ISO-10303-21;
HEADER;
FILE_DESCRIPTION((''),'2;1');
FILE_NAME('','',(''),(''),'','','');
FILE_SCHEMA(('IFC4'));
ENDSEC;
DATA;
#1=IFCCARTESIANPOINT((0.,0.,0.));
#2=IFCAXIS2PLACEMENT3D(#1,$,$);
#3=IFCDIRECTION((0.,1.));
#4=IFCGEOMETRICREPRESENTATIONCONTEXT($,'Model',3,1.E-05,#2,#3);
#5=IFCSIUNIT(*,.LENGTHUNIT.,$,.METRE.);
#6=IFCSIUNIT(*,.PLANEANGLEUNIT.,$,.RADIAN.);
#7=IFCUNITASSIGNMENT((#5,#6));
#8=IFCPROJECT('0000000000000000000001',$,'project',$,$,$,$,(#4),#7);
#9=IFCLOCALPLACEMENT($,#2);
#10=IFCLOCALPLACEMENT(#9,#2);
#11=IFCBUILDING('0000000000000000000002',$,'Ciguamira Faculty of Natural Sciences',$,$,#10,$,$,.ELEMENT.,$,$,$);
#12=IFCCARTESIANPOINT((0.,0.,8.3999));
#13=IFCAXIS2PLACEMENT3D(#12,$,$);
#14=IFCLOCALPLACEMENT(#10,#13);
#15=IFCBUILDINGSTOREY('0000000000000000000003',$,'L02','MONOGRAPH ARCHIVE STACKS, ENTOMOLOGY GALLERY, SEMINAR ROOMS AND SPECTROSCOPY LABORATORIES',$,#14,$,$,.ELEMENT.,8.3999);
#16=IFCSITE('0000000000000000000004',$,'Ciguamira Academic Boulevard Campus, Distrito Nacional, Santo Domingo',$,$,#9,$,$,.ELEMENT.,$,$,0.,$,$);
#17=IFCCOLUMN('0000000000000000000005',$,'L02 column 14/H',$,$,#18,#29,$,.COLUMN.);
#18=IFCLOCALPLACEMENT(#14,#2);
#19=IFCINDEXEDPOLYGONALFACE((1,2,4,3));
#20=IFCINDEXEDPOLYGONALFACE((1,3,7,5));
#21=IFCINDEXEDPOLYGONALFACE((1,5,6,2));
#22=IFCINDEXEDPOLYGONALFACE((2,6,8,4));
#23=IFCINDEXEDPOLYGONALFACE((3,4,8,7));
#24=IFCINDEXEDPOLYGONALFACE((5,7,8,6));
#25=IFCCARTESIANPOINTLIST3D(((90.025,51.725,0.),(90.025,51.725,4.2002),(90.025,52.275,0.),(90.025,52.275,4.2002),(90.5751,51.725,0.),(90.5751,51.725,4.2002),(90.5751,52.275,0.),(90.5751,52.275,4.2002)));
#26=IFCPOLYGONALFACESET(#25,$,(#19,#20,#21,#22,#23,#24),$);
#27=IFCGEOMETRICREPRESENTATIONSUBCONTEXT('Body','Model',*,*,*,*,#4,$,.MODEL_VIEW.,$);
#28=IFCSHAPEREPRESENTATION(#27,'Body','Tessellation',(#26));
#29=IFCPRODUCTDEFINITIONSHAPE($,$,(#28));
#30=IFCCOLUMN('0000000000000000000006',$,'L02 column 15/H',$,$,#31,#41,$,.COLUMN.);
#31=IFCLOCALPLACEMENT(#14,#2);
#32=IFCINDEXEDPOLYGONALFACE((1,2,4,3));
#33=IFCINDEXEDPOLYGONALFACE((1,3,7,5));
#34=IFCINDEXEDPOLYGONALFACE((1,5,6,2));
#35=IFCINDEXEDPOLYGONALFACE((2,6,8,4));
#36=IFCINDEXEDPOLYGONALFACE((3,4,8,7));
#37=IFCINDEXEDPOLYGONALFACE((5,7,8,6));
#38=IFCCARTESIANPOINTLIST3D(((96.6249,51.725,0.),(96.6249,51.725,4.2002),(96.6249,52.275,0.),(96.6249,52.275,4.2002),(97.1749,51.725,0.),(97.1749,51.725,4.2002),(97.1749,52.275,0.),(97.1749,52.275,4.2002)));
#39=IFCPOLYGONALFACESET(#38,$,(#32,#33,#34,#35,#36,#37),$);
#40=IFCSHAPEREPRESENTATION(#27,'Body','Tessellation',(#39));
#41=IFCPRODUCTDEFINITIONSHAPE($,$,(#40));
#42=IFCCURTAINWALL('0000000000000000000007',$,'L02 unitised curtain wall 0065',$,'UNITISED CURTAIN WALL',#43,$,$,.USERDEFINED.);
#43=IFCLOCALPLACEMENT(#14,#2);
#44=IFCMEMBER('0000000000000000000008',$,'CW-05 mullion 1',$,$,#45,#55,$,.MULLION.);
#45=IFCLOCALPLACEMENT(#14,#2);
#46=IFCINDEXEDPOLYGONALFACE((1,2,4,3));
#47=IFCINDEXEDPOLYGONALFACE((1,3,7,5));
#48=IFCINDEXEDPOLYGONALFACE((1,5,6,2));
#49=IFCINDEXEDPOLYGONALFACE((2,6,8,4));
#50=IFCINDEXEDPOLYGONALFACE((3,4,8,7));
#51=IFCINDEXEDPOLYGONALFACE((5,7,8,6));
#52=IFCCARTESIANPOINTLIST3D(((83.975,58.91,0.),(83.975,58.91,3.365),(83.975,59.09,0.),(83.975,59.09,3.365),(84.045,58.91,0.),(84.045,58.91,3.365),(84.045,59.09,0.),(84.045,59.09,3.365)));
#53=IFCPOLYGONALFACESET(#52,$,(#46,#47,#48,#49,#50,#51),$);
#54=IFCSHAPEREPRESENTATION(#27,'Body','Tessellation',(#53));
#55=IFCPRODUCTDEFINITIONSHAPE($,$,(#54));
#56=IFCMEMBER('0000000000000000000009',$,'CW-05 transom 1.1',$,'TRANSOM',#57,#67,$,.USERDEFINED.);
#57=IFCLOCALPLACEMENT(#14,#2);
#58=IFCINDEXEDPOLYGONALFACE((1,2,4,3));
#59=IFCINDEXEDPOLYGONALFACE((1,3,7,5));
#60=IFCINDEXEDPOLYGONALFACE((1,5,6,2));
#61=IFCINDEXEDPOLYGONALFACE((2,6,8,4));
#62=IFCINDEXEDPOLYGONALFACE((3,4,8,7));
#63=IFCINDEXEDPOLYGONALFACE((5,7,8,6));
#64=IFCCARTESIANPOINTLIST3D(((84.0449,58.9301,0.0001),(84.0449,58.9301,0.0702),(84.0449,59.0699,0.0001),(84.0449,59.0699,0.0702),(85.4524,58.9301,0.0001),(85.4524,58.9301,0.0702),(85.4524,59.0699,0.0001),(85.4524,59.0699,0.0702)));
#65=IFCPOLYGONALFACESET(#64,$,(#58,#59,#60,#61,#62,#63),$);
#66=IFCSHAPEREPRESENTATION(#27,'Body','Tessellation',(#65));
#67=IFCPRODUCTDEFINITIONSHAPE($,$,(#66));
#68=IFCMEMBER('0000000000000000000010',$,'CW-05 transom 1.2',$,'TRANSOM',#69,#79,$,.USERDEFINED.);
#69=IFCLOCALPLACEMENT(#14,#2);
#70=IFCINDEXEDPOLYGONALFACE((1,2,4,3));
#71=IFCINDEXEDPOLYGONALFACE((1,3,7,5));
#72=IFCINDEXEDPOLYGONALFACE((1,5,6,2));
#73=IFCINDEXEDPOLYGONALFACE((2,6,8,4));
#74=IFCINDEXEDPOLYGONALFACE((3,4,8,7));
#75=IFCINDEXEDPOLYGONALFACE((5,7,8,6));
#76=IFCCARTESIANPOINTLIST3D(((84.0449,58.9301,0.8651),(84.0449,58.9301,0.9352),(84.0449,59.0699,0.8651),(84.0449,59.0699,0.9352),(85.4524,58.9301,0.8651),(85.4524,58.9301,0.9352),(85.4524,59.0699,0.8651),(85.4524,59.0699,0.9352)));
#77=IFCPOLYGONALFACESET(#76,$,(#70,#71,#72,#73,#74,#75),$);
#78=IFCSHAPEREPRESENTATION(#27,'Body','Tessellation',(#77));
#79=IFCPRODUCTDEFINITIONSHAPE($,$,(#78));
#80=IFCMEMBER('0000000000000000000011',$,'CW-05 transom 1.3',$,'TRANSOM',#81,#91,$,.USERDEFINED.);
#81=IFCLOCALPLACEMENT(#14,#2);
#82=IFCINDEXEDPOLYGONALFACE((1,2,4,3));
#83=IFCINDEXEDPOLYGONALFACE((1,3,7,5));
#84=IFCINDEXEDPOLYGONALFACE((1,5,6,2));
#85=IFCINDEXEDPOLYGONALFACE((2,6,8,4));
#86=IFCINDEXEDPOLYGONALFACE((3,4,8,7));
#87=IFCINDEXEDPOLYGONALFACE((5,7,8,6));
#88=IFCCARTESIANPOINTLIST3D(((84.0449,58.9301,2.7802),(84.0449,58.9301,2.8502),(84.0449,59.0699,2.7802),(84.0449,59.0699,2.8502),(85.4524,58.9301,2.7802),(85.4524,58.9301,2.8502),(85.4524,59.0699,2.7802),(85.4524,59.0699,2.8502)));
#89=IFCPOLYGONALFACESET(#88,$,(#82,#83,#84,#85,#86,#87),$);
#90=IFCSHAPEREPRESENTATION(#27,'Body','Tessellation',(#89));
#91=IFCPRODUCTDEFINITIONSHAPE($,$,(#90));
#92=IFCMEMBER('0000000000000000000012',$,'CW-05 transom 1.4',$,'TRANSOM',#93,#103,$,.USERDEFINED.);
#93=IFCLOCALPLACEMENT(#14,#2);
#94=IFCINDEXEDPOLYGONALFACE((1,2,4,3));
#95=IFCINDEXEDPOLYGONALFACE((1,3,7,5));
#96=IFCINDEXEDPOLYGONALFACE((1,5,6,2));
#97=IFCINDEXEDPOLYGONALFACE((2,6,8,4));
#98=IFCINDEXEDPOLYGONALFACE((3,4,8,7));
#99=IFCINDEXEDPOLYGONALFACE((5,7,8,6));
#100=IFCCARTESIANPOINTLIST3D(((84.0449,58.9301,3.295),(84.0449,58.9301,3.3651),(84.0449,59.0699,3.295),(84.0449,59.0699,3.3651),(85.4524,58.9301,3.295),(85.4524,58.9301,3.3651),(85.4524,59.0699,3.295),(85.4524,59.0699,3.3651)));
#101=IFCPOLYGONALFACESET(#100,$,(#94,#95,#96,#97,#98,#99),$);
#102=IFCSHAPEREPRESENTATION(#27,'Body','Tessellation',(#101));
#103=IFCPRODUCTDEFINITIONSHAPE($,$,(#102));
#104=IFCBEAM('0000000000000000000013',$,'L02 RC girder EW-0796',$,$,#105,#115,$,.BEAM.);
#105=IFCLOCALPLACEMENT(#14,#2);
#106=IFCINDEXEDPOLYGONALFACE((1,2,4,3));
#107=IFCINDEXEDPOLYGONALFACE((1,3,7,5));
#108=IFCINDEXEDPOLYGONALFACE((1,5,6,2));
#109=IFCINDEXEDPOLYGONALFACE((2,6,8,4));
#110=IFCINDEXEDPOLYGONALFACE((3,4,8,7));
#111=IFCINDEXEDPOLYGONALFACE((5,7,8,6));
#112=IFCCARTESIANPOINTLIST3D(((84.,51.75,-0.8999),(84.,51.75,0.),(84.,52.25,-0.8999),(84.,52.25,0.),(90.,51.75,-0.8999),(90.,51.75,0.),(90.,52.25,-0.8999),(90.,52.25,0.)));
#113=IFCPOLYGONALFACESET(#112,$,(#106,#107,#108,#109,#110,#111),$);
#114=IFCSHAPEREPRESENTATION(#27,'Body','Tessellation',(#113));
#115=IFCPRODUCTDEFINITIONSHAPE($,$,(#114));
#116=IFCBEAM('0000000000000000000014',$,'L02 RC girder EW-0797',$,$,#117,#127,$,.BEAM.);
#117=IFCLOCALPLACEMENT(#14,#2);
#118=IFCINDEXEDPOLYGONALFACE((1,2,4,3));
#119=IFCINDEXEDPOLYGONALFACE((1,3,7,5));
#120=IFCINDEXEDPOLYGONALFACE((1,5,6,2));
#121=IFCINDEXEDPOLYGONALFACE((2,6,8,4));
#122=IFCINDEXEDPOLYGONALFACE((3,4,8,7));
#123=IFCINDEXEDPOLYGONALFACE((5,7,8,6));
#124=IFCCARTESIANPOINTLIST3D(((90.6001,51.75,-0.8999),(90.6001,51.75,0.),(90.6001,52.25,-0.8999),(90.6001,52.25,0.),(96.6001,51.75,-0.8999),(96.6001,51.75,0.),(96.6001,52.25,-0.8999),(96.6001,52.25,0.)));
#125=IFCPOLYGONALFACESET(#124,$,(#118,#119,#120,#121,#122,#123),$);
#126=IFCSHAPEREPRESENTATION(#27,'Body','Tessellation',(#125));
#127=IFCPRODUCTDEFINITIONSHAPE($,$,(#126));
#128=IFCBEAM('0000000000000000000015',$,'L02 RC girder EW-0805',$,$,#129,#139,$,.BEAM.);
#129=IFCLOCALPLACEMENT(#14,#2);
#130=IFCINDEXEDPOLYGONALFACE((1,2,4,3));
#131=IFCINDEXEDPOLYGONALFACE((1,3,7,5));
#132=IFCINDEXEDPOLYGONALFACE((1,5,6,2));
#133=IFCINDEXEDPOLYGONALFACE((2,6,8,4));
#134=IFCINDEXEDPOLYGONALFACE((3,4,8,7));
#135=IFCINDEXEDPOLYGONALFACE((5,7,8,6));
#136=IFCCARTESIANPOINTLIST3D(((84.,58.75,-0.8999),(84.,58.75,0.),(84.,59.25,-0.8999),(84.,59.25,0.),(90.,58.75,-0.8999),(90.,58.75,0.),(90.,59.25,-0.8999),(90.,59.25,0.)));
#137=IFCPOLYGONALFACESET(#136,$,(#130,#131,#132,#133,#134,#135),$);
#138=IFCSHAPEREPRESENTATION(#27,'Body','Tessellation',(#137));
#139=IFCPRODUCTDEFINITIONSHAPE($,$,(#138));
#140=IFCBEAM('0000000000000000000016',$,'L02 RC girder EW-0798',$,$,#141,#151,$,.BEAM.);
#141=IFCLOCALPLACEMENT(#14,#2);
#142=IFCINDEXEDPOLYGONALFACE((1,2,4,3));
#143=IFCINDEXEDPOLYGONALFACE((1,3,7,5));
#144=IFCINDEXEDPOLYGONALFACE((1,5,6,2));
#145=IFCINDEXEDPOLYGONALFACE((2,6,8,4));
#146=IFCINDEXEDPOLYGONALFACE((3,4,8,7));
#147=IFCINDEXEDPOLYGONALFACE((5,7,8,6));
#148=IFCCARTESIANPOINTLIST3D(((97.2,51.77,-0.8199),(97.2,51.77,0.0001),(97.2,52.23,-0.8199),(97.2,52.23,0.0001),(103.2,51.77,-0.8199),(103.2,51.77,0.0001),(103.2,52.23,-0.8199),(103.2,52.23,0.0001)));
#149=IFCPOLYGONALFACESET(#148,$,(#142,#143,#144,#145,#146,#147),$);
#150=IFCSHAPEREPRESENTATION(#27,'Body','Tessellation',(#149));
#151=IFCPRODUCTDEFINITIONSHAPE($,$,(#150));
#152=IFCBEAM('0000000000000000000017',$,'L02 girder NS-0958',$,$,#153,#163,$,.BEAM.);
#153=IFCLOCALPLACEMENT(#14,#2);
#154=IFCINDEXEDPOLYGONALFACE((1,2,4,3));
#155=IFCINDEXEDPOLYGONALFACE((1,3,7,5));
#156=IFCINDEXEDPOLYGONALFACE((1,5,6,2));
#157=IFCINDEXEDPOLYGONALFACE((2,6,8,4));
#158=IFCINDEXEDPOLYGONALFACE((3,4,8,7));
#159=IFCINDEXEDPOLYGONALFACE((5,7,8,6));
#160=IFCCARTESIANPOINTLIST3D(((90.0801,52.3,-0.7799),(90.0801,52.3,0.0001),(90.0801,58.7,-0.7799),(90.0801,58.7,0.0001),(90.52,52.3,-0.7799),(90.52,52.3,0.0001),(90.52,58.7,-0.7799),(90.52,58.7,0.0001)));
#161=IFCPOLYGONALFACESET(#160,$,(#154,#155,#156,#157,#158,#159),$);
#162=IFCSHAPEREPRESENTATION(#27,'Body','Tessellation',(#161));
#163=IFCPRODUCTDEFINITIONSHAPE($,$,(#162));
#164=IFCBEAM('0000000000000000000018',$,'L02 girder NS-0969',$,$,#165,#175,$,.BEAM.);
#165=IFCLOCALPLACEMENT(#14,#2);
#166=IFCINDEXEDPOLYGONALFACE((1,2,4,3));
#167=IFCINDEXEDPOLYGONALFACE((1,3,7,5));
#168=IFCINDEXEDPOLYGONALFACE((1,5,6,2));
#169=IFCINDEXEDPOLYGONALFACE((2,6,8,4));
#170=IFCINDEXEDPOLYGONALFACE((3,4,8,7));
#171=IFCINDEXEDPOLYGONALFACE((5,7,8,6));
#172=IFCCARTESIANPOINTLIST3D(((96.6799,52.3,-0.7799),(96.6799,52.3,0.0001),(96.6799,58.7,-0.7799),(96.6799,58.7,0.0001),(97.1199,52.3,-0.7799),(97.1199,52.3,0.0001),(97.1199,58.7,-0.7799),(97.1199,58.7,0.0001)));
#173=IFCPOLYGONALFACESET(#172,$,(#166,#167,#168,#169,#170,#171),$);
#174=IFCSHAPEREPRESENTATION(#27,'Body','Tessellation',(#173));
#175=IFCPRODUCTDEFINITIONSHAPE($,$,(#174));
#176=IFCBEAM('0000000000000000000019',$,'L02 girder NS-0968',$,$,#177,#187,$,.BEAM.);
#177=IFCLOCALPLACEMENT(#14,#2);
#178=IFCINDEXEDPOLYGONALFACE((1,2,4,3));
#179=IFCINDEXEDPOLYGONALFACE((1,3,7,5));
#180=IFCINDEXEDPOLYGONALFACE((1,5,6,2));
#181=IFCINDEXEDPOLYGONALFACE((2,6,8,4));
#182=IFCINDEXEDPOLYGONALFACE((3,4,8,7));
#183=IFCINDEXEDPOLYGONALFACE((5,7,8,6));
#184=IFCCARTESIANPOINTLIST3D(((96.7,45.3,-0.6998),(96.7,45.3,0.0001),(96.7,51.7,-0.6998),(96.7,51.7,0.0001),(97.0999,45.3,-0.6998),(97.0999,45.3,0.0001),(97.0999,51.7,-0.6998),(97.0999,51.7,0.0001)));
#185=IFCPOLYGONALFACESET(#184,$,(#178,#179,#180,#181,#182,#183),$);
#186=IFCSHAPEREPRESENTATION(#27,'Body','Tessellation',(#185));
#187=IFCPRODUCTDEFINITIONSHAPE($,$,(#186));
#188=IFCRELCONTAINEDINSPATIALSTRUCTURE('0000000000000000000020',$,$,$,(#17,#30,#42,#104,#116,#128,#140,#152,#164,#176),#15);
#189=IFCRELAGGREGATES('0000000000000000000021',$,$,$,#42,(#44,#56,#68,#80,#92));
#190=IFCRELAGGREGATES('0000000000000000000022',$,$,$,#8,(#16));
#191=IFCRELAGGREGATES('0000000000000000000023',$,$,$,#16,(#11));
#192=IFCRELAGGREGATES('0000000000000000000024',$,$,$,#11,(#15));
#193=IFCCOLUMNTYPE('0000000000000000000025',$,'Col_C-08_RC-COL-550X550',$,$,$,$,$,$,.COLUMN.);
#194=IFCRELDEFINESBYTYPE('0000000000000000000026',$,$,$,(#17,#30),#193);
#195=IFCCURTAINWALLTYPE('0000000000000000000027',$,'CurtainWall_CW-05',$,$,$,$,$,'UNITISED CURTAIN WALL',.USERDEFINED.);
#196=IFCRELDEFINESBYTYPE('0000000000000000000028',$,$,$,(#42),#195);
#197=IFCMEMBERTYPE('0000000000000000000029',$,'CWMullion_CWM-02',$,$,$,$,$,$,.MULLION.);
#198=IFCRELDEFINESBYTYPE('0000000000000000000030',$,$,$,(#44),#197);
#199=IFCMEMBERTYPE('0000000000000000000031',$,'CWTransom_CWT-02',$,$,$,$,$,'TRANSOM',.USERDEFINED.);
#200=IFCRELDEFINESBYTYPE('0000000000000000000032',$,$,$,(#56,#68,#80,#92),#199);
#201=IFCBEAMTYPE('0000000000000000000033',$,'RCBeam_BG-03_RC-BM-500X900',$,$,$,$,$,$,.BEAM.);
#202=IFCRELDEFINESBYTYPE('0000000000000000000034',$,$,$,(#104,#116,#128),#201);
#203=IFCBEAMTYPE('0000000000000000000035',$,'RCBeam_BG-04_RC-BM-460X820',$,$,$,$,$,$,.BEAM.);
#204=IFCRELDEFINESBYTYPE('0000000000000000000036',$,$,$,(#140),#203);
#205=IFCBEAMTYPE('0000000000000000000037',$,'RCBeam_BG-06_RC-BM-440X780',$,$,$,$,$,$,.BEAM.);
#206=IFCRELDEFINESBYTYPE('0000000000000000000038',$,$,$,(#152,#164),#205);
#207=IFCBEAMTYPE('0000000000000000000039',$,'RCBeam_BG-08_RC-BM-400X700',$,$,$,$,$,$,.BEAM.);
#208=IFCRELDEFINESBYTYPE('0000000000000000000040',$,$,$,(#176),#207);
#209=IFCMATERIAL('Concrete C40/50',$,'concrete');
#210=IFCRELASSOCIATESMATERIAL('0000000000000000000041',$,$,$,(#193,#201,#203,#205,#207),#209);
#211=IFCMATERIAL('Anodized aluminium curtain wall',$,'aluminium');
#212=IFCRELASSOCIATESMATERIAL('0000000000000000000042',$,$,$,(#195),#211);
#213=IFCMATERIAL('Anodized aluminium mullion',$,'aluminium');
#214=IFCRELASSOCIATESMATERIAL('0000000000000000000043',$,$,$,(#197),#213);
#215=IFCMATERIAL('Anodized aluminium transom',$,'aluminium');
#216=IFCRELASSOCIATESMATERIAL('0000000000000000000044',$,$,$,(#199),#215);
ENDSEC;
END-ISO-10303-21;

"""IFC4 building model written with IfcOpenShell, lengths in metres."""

from ifc_helpers import new_model, si_unit, direction, frame, origin, origin_2d, place, context, subcontext, project, spatial, rectangle, extrude, material, material_profile, profile_set, type_object, element, aggregate, save


model = new_model("IFC4")

# Units and contexts
model_context = context("Model", 3, precision=1e-05, world=origin(), true_north=direction((0.0, 1.0)))
body_context = subcontext(model_context, "Body", "Model", "MODEL_VIEW")
ifc_project = project(units=[si_unit("LENGTHUNIT", "METRE"), si_unit("PLANEANGLEUNIT", "RADIAN")], contexts=[model_context])

# Site, building, storey
site_placement = place(None, origin())
site = spatial("IfcSite", under=ifc_project, at=site_placement, Name="Ciguamira Academic Boulevard Campus, Distrito Nacional, Santo Domingo", CompositionType="ELEMENT", RefElevation=0.0)
building_placement = place(site_placement, origin())
building = spatial("IfcBuilding", under=site, at=building_placement, Name="Ciguamira Faculty of Natural Sciences", CompositionType="ELEMENT")
storey_placement = place(building_placement, frame((0.0, 0.0, 8.3999)))
storey = spatial("IfcBuildingStorey", under=building, at=storey_placement, Name="L02", Description="MONOGRAPH ARCHIVE STACKS, ENTOMOLOGY GALLERY, SEMINAR ROOMS AND SPECTROSCOPY LABORATORIES", CompositionType="ELEMENT", Elevation=8.3999)

# Columns
ifc_material_1 = material(Name="Concrete C40/50", Category="concrete")
ifc_material_profile_1 = material_profile(ifc_material_1, rectangle(XDim=0.55, YDim=0.55, at=origin_2d()), Name="RC-COL-550X550")
ifc_profile_set_1 = profile_set([ifc_material_profile_1], Name="Concrete C40/50")
column_type = type_object("IfcColumnType", Name="Col_C-08_RC-COL-550X550", PredefinedType="COLUMN", material=ifc_profile_set_1)
for number, where, z_axis, x_axis, name in (
    (1, (90.3, 52.0, 0.0), (0.0, 0.0, 1.0), (1.0, 0.0, 0.0), "L02 column 14/H"),
    (2, (96.8999, 52.0, 0.0), (0.0, 0.0, 1.0), (1.0, 0.0, 0.0), "L02 column 15/H"),
):
    element("IfcColumn", number, at=place(storey_placement, frame(where, z_axis=z_axis, x_axis=x_axis)), inside=storey, type_object=column_type, Name=name, PredefinedType="COLUMN", context=body_context, shape_type="SweptSolid", body=[
        extrude(rectangle(XDim=0.55, YDim=0.55, at=origin_2d()), origin(), (0.0, 0.0, 1.0), 4.2002),
    ])

# Curtain wall, members
ifc_material_2 = material(Name="Anodized aluminium curtain wall", Category="aluminium")
curtain_wall_type = type_object("IfcCurtainWallType", Name="CurtainWall_CW-05", ElementType="UNITISED CURTAIN WALL", PredefinedType="USERDEFINED", material=ifc_material_2)
curtain_wall_placement = place(storey_placement, origin())
curtain_wall = element("IfcCurtainWall", 3, at=curtain_wall_placement, inside=storey, type_object=curtain_wall_type, Name="L02 unitised curtain wall 0065", ObjectType="UNITISED CURTAIN WALL", PredefinedType="USERDEFINED")
ifc_material_3 = material(Name="Anodized aluminium mullion", Category="aluminium")
ifc_material_profile_2 = material_profile(ifc_material_3, rectangle(XDim=0.0701, YDim=0.1799, at=origin_2d()), Name="ALU-MUL-70X180")
ifc_profile_set_2 = profile_set([ifc_material_profile_2], Name="Anodized aluminium mullion")
member_type_1 = type_object("IfcMemberType", Name="CWMullion_CWM-02", PredefinedType="MULLION", material=ifc_profile_set_2)
member_1_placement = place(storey_placement, frame((84.01, 59.0, 0.0), z_axis=(0.0, 0.0, 1.0), x_axis=(1.0, 0.0, 0.0)))
member_1 = element("IfcMember", 4, at=member_1_placement, type_object=member_type_1, Name="CW-05 mullion 1", PredefinedType="MULLION", context=body_context, shape_type="SweptSolid", body=[
    extrude(rectangle(XDim=0.0701, YDim=0.1799, at=origin_2d()), origin(), (0.0, 0.0, 1.0), 3.365),
])
ifc_material_4 = material(Name="Anodized aluminium transom", Category="aluminium")
ifc_material_profile_3 = material_profile(ifc_material_4, rectangle(XDim=0.0701, YDim=0.1399, at=origin_2d()), Name="ALU-TRN-70X140")
ifc_profile_set_3 = profile_set([ifc_material_profile_3], Name="Anodized aluminium transom")
member_type_2 = type_object("IfcMemberType", Name="CWTransom_CWT-02", ElementType="TRANSOM", PredefinedType="USERDEFINED", material=ifc_profile_set_3)
member_2_placement = place(storey_placement, frame((84.0449, 59.0, 0.0352), z_axis=(1.0, 0.0, 0.0), x_axis=(0.0, 0.0, 1.0)))
member_2 = element("IfcMember", 5, at=member_2_placement, type_object=member_type_2, Name="CW-05 transom 1.1", ObjectType="TRANSOM", PredefinedType="USERDEFINED", context=body_context, shape_type="SweptSolid", body=[
    extrude(rectangle(XDim=0.0701, YDim=0.1399, at=origin_2d()), origin(), (0.0, 0.0, 1.0), 1.4075),
])
member_3_placement = place(storey_placement, frame((84.0449, 59.0, 0.9001), z_axis=(1.0, 0.0, 0.0), x_axis=(0.0, 0.0, 1.0)))
member_3 = element("IfcMember", 6, at=member_3_placement, type_object=member_type_2, Name="CW-05 transom 1.2", ObjectType="TRANSOM", PredefinedType="USERDEFINED", context=body_context, shape_type="SweptSolid", body=[
    extrude(rectangle(XDim=0.0701, YDim=0.1399, at=origin_2d()), origin(), (0.0, 0.0, 1.0), 1.4075),
])
member_4_placement = place(storey_placement, frame((84.0449, 59.0, 2.8152), z_axis=(1.0, 0.0, 0.0), x_axis=(0.0, 0.0, 1.0)))
member_4 = element("IfcMember", 7, at=member_4_placement, type_object=member_type_2, Name="CW-05 transom 1.3", ObjectType="TRANSOM", PredefinedType="USERDEFINED", context=body_context, shape_type="SweptSolid", body=[
    extrude(rectangle(XDim=0.0701, YDim=0.1399, at=origin_2d()), origin(), (0.0, 0.0, 1.0), 1.4075),
])
member_5_placement = place(storey_placement, frame((84.0449, 59.0, 3.3301), z_axis=(1.0, 0.0, 0.0), x_axis=(0.0, 0.0, 1.0)))
member_5 = element("IfcMember", 8, at=member_5_placement, type_object=member_type_2, Name="CW-05 transom 1.4", ObjectType="TRANSOM", PredefinedType="USERDEFINED", context=body_context, shape_type="SweptSolid", body=[
    extrude(rectangle(XDim=0.0701, YDim=0.1399, at=origin_2d()), origin(), (0.0, 0.0, 1.0), 1.4075),
])
aggregate(curtain_wall, [member_1, member_2, member_3, member_4, member_5])

# Beams
ifc_material_profile_4 = material_profile(ifc_material_1, rectangle(XDim=0.5, YDim=0.8999, at=origin_2d()), Name="RC-BM-500X900")
ifc_profile_set_4 = profile_set([ifc_material_profile_4], Name="Concrete C40/50")
beam_type_1 = type_object("IfcBeamType", Name="RCBeam_BG-03_RC-BM-500X900", PredefinedType="BEAM", material=ifc_profile_set_4)
for number, where, z_axis, x_axis, name in (
    (9, (84.0, 52.0, -0.45), (1.0, 0.0, 0.0), (0.0, 1.0, 0.0), "L02 RC girder EW-0796"),
    (10, (90.6001, 52.0, -0.45), (1.0, 0.0, 0.0), (0.0, 1.0, 0.0), "L02 RC girder EW-0797"),
    (11, (84.0, 59.0, -0.45), (1.0, 0.0, 0.0), (0.0, 1.0, 0.0), "L02 RC girder EW-0805"),
):
    element("IfcBeam", number, at=place(storey_placement, frame(where, z_axis=z_axis, x_axis=x_axis)), inside=storey, type_object=beam_type_1, Name=name, PredefinedType="BEAM", context=body_context, shape_type="SweptSolid", body=[
        extrude(rectangle(XDim=0.5, YDim=0.8999, at=origin_2d()), origin(), (0.0, 0.0, 1.0), 6.0),
    ])
ifc_material_profile_5 = material_profile(ifc_material_1, rectangle(XDim=0.46, YDim=0.8201, at=origin_2d()), Name="RC-BM-460X820")
ifc_profile_set_5 = profile_set([ifc_material_profile_5], Name="Concrete C40/50")
beam_type_2 = type_object("IfcBeamType", Name="RCBeam_BG-04_RC-BM-460X820", PredefinedType="BEAM", material=ifc_profile_set_5)
beam_1_placement = place(storey_placement, frame((97.2, 52.0, -0.4099), z_axis=(1.0, 0.0, 0.0), x_axis=(0.0, 1.0, 0.0)))
element("IfcBeam", 12, at=beam_1_placement, inside=storey, type_object=beam_type_2, Name="L02 RC girder EW-0798", PredefinedType="BEAM", context=body_context, shape_type="SweptSolid", body=[
    extrude(rectangle(XDim=0.46, YDim=0.8201, at=origin_2d()), origin(), (0.0, 0.0, 1.0), 6.0),
])
ifc_material_profile_6 = material_profile(ifc_material_1, rectangle(XDim=0.4399, YDim=0.78, at=origin_2d()), Name="RC-BM-440X780")
ifc_profile_set_6 = profile_set([ifc_material_profile_6], Name="Concrete C40/50")
beam_type_3 = type_object("IfcBeamType", Name="RCBeam_BG-06_RC-BM-440X780", PredefinedType="BEAM", material=ifc_profile_set_6)
for number, where, z_axis, x_axis, name in (
    (13, (90.3, 52.3, -0.3899), (0.0, 1.0, 0.0), (-1.0, 0.0, 0.0), "L02 girder NS-0958"),
    (14, (96.8999, 52.3, -0.3899), (0.0, 1.0, 0.0), (-1.0, 0.0, 0.0), "L02 girder NS-0969"),
):
    element("IfcBeam", number, at=place(storey_placement, frame(where, z_axis=z_axis, x_axis=x_axis)), inside=storey, type_object=beam_type_3, Name=name, PredefinedType="BEAM", context=body_context, shape_type="SweptSolid", body=[
        extrude(rectangle(XDim=0.4399, YDim=0.78, at=origin_2d()), origin(), (0.0, 0.0, 1.0), 6.3999),
    ])
ifc_material_profile_7 = material_profile(ifc_material_1, rectangle(XDim=0.3999, YDim=0.7, at=origin_2d()), Name="RC-BM-400X700")
ifc_profile_set_7 = profile_set([ifc_material_profile_7], Name="Concrete C40/50")
beam_type_4 = type_object("IfcBeamType", Name="RCBeam_BG-08_RC-BM-400X700", PredefinedType="BEAM", material=ifc_profile_set_7)
beam_2_placement = place(storey_placement, frame((96.8999, 45.3, -0.3499), z_axis=(0.0, 1.0, 0.0), x_axis=(-1.0, 0.0, 0.0)))
element("IfcBeam", 15, at=beam_2_placement, inside=storey, type_object=beam_type_4, Name="L02 girder NS-0968", PredefinedType="BEAM", context=body_context, shape_type="SweptSolid", body=[
    extrude(rectangle(XDim=0.3999, YDim=0.7, at=origin_2d()), origin(), (0.0, 0.0, 1.0), 6.3999),
])

save(model, "model.ifc")
